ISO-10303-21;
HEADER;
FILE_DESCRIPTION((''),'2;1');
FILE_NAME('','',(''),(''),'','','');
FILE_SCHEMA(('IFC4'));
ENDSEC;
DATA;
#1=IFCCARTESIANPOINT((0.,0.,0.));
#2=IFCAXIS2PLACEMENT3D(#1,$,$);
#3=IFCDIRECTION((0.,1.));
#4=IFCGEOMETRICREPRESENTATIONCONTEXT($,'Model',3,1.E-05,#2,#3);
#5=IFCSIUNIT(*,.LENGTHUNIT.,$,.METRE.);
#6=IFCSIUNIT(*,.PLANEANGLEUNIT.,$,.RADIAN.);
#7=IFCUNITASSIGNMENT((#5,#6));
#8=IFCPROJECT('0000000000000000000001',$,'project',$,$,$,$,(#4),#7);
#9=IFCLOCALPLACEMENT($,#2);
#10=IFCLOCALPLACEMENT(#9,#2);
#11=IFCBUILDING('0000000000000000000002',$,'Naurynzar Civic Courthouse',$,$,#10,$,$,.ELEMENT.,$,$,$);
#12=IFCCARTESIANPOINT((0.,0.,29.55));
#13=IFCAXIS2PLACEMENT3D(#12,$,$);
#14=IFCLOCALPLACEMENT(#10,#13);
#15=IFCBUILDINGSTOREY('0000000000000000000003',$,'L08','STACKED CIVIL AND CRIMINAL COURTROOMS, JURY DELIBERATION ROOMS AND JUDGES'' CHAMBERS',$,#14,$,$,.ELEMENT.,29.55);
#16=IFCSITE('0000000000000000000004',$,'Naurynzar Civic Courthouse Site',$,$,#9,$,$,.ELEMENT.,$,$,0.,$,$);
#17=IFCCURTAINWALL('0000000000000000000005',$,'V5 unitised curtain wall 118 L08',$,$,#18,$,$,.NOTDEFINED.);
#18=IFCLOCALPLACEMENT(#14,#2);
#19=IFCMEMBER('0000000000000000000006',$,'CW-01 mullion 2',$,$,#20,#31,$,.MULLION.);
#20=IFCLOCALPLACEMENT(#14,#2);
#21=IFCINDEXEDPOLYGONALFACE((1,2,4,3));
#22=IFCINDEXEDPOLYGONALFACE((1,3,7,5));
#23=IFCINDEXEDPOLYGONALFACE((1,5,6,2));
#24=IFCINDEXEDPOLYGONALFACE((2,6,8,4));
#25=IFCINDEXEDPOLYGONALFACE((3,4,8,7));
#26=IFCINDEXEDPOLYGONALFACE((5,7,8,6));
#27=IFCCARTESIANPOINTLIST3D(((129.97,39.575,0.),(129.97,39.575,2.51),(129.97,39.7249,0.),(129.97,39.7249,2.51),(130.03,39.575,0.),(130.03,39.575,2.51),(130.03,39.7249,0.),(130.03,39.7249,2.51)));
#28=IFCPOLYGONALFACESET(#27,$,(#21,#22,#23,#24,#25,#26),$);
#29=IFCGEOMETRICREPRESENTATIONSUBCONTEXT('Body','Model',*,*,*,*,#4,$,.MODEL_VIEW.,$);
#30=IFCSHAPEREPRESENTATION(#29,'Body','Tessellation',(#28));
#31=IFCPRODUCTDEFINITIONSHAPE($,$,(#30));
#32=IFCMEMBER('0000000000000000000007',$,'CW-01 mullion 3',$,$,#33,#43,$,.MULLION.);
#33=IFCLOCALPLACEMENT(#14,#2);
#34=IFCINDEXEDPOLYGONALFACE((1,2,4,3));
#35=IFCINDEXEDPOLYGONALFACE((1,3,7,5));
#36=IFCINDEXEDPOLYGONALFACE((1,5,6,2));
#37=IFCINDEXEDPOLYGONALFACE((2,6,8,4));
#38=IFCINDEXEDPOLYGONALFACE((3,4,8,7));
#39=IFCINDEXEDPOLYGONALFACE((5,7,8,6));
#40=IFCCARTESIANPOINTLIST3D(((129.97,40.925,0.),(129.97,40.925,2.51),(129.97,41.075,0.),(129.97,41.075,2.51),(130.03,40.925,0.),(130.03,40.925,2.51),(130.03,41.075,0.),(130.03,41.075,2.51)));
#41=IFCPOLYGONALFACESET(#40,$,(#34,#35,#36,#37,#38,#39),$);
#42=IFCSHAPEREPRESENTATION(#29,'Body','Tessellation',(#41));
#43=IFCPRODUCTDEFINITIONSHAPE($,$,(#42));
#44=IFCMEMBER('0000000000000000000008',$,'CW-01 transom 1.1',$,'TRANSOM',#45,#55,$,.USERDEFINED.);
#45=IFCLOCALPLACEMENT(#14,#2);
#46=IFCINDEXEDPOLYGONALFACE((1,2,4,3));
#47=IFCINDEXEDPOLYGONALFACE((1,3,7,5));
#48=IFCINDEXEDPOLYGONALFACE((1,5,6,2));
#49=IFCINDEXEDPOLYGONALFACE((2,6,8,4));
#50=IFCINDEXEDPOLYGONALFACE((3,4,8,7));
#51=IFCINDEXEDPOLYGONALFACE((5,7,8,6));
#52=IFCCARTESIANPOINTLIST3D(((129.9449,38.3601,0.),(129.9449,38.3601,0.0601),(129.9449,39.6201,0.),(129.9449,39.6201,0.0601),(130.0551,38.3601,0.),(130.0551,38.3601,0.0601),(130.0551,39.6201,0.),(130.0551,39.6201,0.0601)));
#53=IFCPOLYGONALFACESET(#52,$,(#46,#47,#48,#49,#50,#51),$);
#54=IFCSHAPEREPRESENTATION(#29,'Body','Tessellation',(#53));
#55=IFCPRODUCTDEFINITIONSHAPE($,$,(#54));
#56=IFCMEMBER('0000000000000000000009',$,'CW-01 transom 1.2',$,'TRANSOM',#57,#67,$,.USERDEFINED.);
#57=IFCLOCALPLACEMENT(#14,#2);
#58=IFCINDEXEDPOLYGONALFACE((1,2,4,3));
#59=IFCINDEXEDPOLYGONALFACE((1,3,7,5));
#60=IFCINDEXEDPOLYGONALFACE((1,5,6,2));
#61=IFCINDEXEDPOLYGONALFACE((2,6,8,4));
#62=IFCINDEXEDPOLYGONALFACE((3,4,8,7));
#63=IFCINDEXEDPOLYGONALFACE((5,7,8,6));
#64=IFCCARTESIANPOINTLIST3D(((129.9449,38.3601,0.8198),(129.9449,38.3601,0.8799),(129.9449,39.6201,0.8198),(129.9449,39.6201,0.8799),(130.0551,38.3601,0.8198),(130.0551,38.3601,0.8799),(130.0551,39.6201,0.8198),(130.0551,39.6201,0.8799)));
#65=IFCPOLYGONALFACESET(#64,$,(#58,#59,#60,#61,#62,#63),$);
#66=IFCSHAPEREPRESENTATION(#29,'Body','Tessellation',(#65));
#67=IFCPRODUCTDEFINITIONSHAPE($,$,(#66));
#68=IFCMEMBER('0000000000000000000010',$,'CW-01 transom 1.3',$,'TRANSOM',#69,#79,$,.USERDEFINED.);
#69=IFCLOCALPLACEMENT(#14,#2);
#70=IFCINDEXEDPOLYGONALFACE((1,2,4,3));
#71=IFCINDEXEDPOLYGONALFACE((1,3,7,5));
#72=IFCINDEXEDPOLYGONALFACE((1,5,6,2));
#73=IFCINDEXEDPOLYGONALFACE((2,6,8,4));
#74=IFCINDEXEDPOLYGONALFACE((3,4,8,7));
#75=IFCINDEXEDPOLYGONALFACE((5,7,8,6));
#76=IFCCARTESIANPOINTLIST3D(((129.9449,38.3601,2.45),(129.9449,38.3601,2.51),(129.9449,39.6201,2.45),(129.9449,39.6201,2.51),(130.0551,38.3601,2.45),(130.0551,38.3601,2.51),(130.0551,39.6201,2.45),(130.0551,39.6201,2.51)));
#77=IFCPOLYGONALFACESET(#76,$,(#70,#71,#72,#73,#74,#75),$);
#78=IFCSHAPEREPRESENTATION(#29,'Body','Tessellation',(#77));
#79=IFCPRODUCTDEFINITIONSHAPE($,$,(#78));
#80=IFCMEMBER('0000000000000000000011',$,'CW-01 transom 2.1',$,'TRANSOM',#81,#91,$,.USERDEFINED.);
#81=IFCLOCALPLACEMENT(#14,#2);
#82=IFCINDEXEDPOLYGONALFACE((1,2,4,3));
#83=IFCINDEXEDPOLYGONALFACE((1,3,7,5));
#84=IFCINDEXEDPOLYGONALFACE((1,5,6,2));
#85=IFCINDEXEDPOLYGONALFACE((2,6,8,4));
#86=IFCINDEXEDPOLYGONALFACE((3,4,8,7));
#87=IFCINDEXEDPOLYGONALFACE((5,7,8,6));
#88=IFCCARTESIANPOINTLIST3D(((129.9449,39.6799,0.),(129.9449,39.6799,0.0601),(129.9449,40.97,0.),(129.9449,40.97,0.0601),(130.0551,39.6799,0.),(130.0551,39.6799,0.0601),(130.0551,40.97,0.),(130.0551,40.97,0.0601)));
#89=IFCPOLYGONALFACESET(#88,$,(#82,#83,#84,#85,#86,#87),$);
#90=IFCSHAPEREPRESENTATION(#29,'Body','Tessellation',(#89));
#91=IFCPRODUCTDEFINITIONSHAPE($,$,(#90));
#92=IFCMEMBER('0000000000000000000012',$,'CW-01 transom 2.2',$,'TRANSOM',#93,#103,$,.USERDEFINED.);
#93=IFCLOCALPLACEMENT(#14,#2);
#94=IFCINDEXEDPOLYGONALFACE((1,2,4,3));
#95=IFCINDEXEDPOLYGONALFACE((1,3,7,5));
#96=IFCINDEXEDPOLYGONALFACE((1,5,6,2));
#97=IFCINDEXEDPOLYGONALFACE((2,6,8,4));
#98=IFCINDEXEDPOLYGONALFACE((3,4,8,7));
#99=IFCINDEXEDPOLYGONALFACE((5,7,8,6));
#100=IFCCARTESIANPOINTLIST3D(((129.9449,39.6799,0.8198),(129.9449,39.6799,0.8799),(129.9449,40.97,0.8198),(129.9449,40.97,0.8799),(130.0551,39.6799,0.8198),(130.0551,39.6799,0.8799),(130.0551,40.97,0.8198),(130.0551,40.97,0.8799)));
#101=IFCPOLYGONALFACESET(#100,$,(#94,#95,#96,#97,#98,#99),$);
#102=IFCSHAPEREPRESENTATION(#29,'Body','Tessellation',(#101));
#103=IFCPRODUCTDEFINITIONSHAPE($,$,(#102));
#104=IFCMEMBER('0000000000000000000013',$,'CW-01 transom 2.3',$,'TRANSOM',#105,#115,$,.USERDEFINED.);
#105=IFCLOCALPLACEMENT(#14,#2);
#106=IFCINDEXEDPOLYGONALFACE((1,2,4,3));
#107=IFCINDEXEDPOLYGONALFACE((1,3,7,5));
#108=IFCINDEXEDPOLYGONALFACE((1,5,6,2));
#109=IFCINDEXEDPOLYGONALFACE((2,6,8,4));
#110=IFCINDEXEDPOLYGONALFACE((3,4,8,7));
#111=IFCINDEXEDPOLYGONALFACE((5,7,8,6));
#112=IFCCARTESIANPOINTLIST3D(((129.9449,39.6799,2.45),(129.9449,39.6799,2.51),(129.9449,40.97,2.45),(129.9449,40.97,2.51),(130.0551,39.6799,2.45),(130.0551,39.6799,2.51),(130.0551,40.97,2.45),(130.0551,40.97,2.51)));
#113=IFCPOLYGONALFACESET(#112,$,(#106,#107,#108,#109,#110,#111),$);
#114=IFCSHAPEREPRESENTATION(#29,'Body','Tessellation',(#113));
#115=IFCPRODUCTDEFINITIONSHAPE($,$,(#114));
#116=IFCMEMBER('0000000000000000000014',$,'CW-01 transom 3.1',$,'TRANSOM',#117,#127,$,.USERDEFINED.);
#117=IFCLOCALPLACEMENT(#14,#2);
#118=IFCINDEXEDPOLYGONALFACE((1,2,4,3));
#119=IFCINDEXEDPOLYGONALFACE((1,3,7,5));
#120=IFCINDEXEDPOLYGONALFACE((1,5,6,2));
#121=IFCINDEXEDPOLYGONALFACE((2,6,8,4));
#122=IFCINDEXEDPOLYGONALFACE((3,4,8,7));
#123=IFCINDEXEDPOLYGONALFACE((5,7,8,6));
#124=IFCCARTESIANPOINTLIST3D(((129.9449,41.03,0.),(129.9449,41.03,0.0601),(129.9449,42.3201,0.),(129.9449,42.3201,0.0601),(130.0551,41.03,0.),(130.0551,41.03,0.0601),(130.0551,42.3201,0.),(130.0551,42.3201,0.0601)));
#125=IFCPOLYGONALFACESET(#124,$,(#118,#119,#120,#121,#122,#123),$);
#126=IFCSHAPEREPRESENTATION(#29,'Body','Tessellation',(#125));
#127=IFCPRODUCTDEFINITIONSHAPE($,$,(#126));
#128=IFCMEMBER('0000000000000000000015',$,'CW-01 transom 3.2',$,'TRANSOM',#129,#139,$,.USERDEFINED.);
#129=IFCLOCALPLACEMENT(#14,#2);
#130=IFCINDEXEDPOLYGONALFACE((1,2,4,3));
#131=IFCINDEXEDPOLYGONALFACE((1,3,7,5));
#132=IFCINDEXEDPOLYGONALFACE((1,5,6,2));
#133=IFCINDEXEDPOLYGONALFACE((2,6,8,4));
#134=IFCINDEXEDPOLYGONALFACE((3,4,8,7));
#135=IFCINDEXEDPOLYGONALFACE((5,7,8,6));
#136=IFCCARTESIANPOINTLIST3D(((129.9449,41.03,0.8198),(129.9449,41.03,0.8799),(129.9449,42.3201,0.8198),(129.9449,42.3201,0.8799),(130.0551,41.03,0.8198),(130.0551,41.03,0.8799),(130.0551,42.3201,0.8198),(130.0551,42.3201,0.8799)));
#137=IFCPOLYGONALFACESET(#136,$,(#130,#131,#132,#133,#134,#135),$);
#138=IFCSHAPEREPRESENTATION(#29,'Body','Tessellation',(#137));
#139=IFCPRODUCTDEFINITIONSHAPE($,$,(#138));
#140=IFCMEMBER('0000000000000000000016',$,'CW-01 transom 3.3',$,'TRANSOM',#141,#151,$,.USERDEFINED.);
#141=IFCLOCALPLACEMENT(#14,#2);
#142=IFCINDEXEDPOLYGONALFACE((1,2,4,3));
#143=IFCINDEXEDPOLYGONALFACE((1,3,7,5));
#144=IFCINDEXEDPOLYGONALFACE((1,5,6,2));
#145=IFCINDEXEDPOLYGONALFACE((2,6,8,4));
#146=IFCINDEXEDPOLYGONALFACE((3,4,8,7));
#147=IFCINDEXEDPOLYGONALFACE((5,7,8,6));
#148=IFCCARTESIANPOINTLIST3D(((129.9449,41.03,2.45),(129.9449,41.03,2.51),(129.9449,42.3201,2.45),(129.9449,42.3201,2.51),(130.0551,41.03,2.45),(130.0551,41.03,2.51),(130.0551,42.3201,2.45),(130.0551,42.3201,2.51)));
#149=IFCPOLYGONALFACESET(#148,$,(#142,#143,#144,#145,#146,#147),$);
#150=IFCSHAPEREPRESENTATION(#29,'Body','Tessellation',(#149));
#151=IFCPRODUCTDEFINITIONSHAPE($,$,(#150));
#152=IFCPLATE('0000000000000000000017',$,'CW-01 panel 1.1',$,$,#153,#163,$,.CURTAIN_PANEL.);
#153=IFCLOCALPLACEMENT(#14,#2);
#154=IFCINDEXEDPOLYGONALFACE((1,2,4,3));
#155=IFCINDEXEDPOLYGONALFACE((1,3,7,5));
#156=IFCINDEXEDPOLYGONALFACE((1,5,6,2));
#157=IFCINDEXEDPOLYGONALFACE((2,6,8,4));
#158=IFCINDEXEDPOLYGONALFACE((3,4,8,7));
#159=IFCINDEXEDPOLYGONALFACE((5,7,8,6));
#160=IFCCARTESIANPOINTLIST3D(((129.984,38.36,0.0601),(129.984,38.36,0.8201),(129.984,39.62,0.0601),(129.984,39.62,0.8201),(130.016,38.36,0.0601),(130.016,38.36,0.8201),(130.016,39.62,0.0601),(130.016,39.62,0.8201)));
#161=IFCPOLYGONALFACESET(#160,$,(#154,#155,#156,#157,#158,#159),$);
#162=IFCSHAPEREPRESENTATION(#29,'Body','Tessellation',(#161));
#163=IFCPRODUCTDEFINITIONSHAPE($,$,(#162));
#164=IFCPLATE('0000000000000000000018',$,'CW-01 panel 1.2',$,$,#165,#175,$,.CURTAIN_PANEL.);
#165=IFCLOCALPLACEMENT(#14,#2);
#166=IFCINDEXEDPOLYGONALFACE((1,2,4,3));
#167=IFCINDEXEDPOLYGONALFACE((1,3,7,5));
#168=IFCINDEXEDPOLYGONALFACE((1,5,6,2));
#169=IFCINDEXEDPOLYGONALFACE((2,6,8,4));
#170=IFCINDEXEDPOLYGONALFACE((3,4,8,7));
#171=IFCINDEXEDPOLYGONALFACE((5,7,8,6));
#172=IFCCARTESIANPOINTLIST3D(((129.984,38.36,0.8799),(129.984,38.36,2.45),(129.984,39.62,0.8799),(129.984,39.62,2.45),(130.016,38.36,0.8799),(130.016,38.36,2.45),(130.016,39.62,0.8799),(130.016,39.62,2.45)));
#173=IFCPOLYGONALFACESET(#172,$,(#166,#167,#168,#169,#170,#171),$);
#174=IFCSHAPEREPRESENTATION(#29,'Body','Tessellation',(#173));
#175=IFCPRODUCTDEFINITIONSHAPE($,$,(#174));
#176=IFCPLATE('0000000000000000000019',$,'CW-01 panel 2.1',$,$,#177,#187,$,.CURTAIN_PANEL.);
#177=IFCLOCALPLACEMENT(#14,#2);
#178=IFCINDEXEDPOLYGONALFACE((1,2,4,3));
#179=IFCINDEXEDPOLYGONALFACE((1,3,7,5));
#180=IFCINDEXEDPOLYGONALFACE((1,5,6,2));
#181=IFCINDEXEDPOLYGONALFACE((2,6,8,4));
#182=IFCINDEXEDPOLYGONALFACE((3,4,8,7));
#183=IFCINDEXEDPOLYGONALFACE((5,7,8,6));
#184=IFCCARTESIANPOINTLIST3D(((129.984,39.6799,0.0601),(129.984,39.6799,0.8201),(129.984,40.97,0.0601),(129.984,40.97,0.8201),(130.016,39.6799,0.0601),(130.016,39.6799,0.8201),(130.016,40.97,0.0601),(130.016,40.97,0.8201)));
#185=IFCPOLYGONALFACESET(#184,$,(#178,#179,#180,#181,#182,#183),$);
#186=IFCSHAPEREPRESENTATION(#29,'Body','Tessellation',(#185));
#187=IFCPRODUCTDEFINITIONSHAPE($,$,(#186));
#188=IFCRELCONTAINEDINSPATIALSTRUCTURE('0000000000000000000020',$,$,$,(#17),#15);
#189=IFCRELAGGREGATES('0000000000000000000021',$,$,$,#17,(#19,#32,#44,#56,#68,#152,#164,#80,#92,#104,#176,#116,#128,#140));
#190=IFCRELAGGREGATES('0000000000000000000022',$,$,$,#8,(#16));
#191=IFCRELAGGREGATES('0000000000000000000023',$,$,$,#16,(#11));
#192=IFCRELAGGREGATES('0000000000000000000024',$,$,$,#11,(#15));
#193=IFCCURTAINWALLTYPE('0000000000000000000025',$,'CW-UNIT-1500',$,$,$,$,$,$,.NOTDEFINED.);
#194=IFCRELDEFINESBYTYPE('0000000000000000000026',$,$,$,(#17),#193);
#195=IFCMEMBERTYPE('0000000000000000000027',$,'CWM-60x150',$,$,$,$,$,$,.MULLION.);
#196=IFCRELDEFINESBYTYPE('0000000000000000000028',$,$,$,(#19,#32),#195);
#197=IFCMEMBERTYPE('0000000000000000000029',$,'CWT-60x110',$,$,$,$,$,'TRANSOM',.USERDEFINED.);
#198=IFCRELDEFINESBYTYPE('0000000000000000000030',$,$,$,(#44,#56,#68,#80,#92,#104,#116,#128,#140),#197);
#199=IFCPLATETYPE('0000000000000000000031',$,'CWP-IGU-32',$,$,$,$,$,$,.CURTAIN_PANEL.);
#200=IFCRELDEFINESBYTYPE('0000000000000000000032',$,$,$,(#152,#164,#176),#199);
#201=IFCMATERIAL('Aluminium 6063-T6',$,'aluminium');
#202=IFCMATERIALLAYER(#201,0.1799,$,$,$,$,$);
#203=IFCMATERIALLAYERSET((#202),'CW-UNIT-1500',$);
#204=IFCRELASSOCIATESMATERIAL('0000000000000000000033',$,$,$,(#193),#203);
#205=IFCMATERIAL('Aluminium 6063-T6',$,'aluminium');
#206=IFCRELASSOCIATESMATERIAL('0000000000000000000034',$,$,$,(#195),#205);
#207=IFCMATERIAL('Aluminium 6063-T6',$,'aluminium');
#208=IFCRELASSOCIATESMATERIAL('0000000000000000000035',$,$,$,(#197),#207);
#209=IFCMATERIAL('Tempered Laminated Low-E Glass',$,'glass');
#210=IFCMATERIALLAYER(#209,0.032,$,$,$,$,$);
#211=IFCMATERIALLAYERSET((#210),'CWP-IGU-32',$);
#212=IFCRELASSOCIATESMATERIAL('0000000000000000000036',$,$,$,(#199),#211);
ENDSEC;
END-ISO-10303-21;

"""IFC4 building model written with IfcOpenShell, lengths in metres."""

from ifc_helpers import new_model, si_unit, direction, frame, origin, origin_2d, place, context, subcontext, project, spatial, rectangle, extrude, material, layer, layer_set, material_profile, profile_set, type_object, element, aggregate, save


model = new_model("IFC4")

# Units and contexts
model_context = context("Model", 3, precision=1e-05, world=origin(), true_north=direction((0.0, 1.0)))
body_context = subcontext(model_context, "Body", "Model", "MODEL_VIEW")
ifc_project = project(units=[si_unit("LENGTHUNIT", "METRE"), si_unit("PLANEANGLEUNIT", "RADIAN")], contexts=[model_context])

# Site, building, storey
site_placement = place(None, origin())
site = spatial("IfcSite", under=ifc_project, at=site_placement, Name="Naurynzar Civic Courthouse Site", CompositionType="ELEMENT", RefElevation=0.0)
building_placement = place(site_placement, origin())
building = spatial("IfcBuilding", under=site, at=building_placement, Name="Naurynzar Civic Courthouse", CompositionType="ELEMENT")
storey_placement = place(building_placement, frame((0.0, 0.0, 29.55)))
storey = spatial("IfcBuildingStorey", under=building, at=storey_placement, Name="L08", Description="STACKED CIVIL AND CRIMINAL COURTROOMS, JURY DELIBERATION ROOMS AND JUDGES' CHAMBERS", CompositionType="ELEMENT", Elevation=29.55)

# Curtain wall, members, plates
ifc_material_1 = material(Name="Aluminium 6063-T6", Category="aluminium")
ifc_layer_1 = layer(ifc_material_1, 0.1799)
ifc_layer_set_1 = layer_set([ifc_layer_1], Name="CW-UNIT-1500")
curtain_wall_type = type_object("IfcCurtainWallType", Name="CW-UNIT-1500", PredefinedType="NOTDEFINED", material=ifc_layer_set_1)
curtain_wall_placement = place(storey_placement, origin())
curtain_wall = element("IfcCurtainWall", 1, at=curtain_wall_placement, inside=storey, type_object=curtain_wall_type, Name="V5 unitised curtain wall 118 L08", PredefinedType="NOTDEFINED")
ifc_material_2 = material(Name="Aluminium 6063-T6", Category="aluminium")
ifc_material_profile_1 = material_profile(ifc_material_2, rectangle(XDim=0.0601, YDim=0.1499, at=origin_2d()), Name="ALU MULLION 60x150")
ifc_profile_set_1 = profile_set([ifc_material_profile_1], Name="Aluminium 6063-T6")
member_type_1 = type_object("IfcMemberType", Name="CWM-60x150", PredefinedType="MULLION", material=ifc_profile_set_1)
member_1_placement = place(storey_placement, frame((130.0, 39.6499, 0.0), z_axis=(0.0, 0.0, 1.0), x_axis=(-1.0, 0.0, 0.0)))
member_1 = element("IfcMember", 2, at=member_1_placement, type_object=member_type_1, Name="CW-01 mullion 2", PredefinedType="MULLION", context=body_context, shape_type="SweptSolid", body=[
    extrude(rectangle(XDim=0.0601, YDim=0.1499, at=origin_2d()), origin(), (0.0, 0.0, 1.0), 2.51),
])
member_2_placement = place(storey_placement, frame((130.0, 41.0, 0.0), z_axis=(0.0, 0.0, 1.0), x_axis=(-1.0, 0.0, 0.0)))
member_2 = element("IfcMember", 3, at=member_2_placement, type_object=member_type_1, Name="CW-01 mullion 3", PredefinedType="MULLION", context=body_context, shape_type="SweptSolid", body=[
    extrude(rectangle(XDim=0.0601, YDim=0.1499, at=origin_2d()), origin(), (0.0, 0.0, 1.0), 2.51),
])
ifc_material_3 = material(Name="Aluminium 6063-T6", Category="aluminium")
ifc_material_profile_2 = material_profile(ifc_material_3, rectangle(XDim=0.1101, YDim=0.0601, at=origin_2d()), Name="ALU TRANSOM 60x110")
ifc_profile_set_2 = profile_set([ifc_material_profile_2], Name="Aluminium 6063-T6")
member_type_2 = type_object("IfcMemberType", Name="CWT-60x110", ElementType="TRANSOM", PredefinedType="USERDEFINED", material=ifc_profile_set_2)
member_3_placement = place(storey_placement, frame((130.0, 38.3601, 0.03), z_axis=(0.0, 1.0, 0.0), x_axis=(-1.0, 0.0, 0.0)))
member_3 = element("IfcMember", 4, at=member_3_placement, type_object=member_type_2, Name="CW-01 transom 1.1", ObjectType="TRANSOM", PredefinedType="USERDEFINED", context=body_context, shape_type="SweptSolid", body=[
    extrude(rectangle(XDim=0.1101, YDim=0.0601, at=origin_2d()), origin(), (0.0, 0.0, 1.0), 1.26),
])
member_4_placement = place(storey_placement, frame((130.0, 38.3601, 0.8499), z_axis=(0.0, 1.0, 0.0), x_axis=(-1.0, 0.0, 0.0)))
member_4 = element("IfcMember", 5, at=member_4_placement, type_object=member_type_2, Name="CW-01 transom 1.2", ObjectType="TRANSOM", PredefinedType="USERDEFINED", context=body_context, shape_type="SweptSolid", body=[
    extrude(rectangle(XDim=0.1101, YDim=0.0601, at=origin_2d()), origin(), (0.0, 0.0, 1.0), 1.26),
])
member_5_placement = place(storey_placement, frame((130.0, 38.3601, 2.48), z_axis=(0.0, 1.0, 0.0), x_axis=(-1.0, 0.0, 0.0)))
member_5 = element("IfcMember", 6, at=member_5_placement, type_object=member_type_2, Name="CW-01 transom 1.3", ObjectType="TRANSOM", PredefinedType="USERDEFINED", context=body_context, shape_type="SweptSolid", body=[
    extrude(rectangle(XDim=0.1101, YDim=0.0601, at=origin_2d()), origin(), (0.0, 0.0, 1.0), 1.26),
])
member_6_placement = place(storey_placement, frame((130.0, 39.6799, 0.03), z_axis=(0.0, 1.0, 0.0), x_axis=(-1.0, 0.0, 0.0)))
member_6 = element("IfcMember", 7, at=member_6_placement, type_object=member_type_2, Name="CW-01 transom 2.1", ObjectType="TRANSOM", PredefinedType="USERDEFINED", context=body_context, shape_type="SweptSolid", body=[
    extrude(rectangle(XDim=0.1101, YDim=0.0601, at=origin_2d()), origin(), (0.0, 0.0, 1.0), 1.29),
])
member_7_placement = place(storey_placement, frame((130.0, 39.6799, 0.8499), z_axis=(0.0, 1.0, 0.0), x_axis=(-1.0, 0.0, 0.0)))
member_7 = element("IfcMember", 8, at=member_7_placement, type_object=member_type_2, Name="CW-01 transom 2.2", ObjectType="TRANSOM", PredefinedType="USERDEFINED", context=body_context, shape_type="SweptSolid", body=[
    extrude(rectangle(XDim=0.1101, YDim=0.0601, at=origin_2d()), origin(), (0.0, 0.0, 1.0), 1.29),
])
member_8_placement = place(storey_placement, frame((130.0, 39.6799, 2.48), z_axis=(0.0, 1.0, 0.0), x_axis=(-1.0, 0.0, 0.0)))
member_8 = element("IfcMember", 9, at=member_8_placement, type_object=member_type_2, Name="CW-01 transom 2.3", ObjectType="TRANSOM", PredefinedType="USERDEFINED", context=body_context, shape_type="SweptSolid", body=[
    extrude(rectangle(XDim=0.1101, YDim=0.0601, at=origin_2d()), origin(), (0.0, 0.0, 1.0), 1.29),
])
member_9_placement = place(storey_placement, frame((130.0, 41.03, 0.03), z_axis=(0.0, 1.0, 0.0), x_axis=(-1.0, 0.0, 0.0)))
member_9 = element("IfcMember", 10, at=member_9_placement, type_object=member_type_2, Name="CW-01 transom 3.1", ObjectType="TRANSOM", PredefinedType="USERDEFINED", context=body_context, shape_type="SweptSolid", body=[
    extrude(rectangle(XDim=0.1101, YDim=0.0601, at=origin_2d()), origin(), (0.0, 0.0, 1.0), 1.29),
])
member_10_placement = place(storey_placement, frame((130.0, 41.03, 0.8499), z_axis=(0.0, 1.0, 0.0), x_axis=(-1.0, 0.0, 0.0)))
member_10 = element("IfcMember", 11, at=member_10_placement, type_object=member_type_2, Name="CW-01 transom 3.2", ObjectType="TRANSOM", PredefinedType="USERDEFINED", context=body_context, shape_type="SweptSolid", body=[
    extrude(rectangle(XDim=0.1101, YDim=0.0601, at=origin_2d()), origin(), (0.0, 0.0, 1.0), 1.29),
])
member_11_placement = place(storey_placement, frame((130.0, 41.03, 2.48), z_axis=(0.0, 1.0, 0.0), x_axis=(-1.0, 0.0, 0.0)))
member_11 = element("IfcMember", 12, at=member_11_placement, type_object=member_type_2, Name="CW-01 transom 3.3", ObjectType="TRANSOM", PredefinedType="USERDEFINED", context=body_context, shape_type="SweptSolid", body=[
    extrude(rectangle(XDim=0.1101, YDim=0.0601, at=origin_2d()), origin(), (0.0, 0.0, 1.0), 1.29),
])
ifc_material_4 = material(Name="Tempered Laminated Low-E Glass", Category="glass")
ifc_layer_2 = layer(ifc_material_4, 0.032)
ifc_layer_set_2 = layer_set([ifc_layer_2], Name="CWP-IGU-32")
plate_type = type_object("IfcPlateType", Name="CWP-IGU-32", PredefinedType="CURTAIN_PANEL", material=ifc_layer_set_2)
plate_1_placement = place(storey_placement, frame((130.0, 38.99, 0.0601), z_axis=(0.0, 0.0, 1.0), x_axis=(0.0, 1.0, 0.0)))
plate_1 = element("IfcPlate", 13, at=plate_1_placement, type_object=plate_type, Name="CW-01 panel 1.1", PredefinedType="CURTAIN_PANEL", context=body_context, shape_type="SweptSolid", body=[
    extrude(rectangle(XDim=1.26, YDim=0.032, at=origin_2d()), origin(), (0.0, 0.0, 1.0), 0.76),
])
plate_2_placement = place(storey_placement, frame((130.0, 38.99, 0.8799), z_axis=(0.0, 0.0, 1.0), x_axis=(0.0, 1.0, 0.0)))
plate_2 = element("IfcPlate", 14, at=plate_2_placement, type_object=plate_type, Name="CW-01 panel 1.2", PredefinedType="CURTAIN_PANEL", context=body_context, shape_type="SweptSolid", body=[
    extrude(rectangle(XDim=1.26, YDim=0.032, at=origin_2d()), origin(), (0.0, 0.0, 1.0), 1.5701),
])
plate_3_placement = place(storey_placement, frame((130.0, 40.325, 0.0601), z_axis=(0.0, 0.0, 1.0), x_axis=(0.0, 1.0, 0.0)))
plate_3 = element("IfcPlate", 15, at=plate_3_placement, type_object=plate_type, Name="CW-01 panel 2.1", PredefinedType="CURTAIN_PANEL", context=body_context, shape_type="SweptSolid", body=[
    extrude(rectangle(XDim=1.29, YDim=0.032, at=origin_2d()), origin(), (0.0, 0.0, 1.0), 0.76),
])
aggregate(curtain_wall, [member_1, member_2, member_3, member_4, member_5, plate_1, plate_2, member_6, member_7, member_8, plate_3, member_9, member_10, member_11])

save(model, "model.ifc")
